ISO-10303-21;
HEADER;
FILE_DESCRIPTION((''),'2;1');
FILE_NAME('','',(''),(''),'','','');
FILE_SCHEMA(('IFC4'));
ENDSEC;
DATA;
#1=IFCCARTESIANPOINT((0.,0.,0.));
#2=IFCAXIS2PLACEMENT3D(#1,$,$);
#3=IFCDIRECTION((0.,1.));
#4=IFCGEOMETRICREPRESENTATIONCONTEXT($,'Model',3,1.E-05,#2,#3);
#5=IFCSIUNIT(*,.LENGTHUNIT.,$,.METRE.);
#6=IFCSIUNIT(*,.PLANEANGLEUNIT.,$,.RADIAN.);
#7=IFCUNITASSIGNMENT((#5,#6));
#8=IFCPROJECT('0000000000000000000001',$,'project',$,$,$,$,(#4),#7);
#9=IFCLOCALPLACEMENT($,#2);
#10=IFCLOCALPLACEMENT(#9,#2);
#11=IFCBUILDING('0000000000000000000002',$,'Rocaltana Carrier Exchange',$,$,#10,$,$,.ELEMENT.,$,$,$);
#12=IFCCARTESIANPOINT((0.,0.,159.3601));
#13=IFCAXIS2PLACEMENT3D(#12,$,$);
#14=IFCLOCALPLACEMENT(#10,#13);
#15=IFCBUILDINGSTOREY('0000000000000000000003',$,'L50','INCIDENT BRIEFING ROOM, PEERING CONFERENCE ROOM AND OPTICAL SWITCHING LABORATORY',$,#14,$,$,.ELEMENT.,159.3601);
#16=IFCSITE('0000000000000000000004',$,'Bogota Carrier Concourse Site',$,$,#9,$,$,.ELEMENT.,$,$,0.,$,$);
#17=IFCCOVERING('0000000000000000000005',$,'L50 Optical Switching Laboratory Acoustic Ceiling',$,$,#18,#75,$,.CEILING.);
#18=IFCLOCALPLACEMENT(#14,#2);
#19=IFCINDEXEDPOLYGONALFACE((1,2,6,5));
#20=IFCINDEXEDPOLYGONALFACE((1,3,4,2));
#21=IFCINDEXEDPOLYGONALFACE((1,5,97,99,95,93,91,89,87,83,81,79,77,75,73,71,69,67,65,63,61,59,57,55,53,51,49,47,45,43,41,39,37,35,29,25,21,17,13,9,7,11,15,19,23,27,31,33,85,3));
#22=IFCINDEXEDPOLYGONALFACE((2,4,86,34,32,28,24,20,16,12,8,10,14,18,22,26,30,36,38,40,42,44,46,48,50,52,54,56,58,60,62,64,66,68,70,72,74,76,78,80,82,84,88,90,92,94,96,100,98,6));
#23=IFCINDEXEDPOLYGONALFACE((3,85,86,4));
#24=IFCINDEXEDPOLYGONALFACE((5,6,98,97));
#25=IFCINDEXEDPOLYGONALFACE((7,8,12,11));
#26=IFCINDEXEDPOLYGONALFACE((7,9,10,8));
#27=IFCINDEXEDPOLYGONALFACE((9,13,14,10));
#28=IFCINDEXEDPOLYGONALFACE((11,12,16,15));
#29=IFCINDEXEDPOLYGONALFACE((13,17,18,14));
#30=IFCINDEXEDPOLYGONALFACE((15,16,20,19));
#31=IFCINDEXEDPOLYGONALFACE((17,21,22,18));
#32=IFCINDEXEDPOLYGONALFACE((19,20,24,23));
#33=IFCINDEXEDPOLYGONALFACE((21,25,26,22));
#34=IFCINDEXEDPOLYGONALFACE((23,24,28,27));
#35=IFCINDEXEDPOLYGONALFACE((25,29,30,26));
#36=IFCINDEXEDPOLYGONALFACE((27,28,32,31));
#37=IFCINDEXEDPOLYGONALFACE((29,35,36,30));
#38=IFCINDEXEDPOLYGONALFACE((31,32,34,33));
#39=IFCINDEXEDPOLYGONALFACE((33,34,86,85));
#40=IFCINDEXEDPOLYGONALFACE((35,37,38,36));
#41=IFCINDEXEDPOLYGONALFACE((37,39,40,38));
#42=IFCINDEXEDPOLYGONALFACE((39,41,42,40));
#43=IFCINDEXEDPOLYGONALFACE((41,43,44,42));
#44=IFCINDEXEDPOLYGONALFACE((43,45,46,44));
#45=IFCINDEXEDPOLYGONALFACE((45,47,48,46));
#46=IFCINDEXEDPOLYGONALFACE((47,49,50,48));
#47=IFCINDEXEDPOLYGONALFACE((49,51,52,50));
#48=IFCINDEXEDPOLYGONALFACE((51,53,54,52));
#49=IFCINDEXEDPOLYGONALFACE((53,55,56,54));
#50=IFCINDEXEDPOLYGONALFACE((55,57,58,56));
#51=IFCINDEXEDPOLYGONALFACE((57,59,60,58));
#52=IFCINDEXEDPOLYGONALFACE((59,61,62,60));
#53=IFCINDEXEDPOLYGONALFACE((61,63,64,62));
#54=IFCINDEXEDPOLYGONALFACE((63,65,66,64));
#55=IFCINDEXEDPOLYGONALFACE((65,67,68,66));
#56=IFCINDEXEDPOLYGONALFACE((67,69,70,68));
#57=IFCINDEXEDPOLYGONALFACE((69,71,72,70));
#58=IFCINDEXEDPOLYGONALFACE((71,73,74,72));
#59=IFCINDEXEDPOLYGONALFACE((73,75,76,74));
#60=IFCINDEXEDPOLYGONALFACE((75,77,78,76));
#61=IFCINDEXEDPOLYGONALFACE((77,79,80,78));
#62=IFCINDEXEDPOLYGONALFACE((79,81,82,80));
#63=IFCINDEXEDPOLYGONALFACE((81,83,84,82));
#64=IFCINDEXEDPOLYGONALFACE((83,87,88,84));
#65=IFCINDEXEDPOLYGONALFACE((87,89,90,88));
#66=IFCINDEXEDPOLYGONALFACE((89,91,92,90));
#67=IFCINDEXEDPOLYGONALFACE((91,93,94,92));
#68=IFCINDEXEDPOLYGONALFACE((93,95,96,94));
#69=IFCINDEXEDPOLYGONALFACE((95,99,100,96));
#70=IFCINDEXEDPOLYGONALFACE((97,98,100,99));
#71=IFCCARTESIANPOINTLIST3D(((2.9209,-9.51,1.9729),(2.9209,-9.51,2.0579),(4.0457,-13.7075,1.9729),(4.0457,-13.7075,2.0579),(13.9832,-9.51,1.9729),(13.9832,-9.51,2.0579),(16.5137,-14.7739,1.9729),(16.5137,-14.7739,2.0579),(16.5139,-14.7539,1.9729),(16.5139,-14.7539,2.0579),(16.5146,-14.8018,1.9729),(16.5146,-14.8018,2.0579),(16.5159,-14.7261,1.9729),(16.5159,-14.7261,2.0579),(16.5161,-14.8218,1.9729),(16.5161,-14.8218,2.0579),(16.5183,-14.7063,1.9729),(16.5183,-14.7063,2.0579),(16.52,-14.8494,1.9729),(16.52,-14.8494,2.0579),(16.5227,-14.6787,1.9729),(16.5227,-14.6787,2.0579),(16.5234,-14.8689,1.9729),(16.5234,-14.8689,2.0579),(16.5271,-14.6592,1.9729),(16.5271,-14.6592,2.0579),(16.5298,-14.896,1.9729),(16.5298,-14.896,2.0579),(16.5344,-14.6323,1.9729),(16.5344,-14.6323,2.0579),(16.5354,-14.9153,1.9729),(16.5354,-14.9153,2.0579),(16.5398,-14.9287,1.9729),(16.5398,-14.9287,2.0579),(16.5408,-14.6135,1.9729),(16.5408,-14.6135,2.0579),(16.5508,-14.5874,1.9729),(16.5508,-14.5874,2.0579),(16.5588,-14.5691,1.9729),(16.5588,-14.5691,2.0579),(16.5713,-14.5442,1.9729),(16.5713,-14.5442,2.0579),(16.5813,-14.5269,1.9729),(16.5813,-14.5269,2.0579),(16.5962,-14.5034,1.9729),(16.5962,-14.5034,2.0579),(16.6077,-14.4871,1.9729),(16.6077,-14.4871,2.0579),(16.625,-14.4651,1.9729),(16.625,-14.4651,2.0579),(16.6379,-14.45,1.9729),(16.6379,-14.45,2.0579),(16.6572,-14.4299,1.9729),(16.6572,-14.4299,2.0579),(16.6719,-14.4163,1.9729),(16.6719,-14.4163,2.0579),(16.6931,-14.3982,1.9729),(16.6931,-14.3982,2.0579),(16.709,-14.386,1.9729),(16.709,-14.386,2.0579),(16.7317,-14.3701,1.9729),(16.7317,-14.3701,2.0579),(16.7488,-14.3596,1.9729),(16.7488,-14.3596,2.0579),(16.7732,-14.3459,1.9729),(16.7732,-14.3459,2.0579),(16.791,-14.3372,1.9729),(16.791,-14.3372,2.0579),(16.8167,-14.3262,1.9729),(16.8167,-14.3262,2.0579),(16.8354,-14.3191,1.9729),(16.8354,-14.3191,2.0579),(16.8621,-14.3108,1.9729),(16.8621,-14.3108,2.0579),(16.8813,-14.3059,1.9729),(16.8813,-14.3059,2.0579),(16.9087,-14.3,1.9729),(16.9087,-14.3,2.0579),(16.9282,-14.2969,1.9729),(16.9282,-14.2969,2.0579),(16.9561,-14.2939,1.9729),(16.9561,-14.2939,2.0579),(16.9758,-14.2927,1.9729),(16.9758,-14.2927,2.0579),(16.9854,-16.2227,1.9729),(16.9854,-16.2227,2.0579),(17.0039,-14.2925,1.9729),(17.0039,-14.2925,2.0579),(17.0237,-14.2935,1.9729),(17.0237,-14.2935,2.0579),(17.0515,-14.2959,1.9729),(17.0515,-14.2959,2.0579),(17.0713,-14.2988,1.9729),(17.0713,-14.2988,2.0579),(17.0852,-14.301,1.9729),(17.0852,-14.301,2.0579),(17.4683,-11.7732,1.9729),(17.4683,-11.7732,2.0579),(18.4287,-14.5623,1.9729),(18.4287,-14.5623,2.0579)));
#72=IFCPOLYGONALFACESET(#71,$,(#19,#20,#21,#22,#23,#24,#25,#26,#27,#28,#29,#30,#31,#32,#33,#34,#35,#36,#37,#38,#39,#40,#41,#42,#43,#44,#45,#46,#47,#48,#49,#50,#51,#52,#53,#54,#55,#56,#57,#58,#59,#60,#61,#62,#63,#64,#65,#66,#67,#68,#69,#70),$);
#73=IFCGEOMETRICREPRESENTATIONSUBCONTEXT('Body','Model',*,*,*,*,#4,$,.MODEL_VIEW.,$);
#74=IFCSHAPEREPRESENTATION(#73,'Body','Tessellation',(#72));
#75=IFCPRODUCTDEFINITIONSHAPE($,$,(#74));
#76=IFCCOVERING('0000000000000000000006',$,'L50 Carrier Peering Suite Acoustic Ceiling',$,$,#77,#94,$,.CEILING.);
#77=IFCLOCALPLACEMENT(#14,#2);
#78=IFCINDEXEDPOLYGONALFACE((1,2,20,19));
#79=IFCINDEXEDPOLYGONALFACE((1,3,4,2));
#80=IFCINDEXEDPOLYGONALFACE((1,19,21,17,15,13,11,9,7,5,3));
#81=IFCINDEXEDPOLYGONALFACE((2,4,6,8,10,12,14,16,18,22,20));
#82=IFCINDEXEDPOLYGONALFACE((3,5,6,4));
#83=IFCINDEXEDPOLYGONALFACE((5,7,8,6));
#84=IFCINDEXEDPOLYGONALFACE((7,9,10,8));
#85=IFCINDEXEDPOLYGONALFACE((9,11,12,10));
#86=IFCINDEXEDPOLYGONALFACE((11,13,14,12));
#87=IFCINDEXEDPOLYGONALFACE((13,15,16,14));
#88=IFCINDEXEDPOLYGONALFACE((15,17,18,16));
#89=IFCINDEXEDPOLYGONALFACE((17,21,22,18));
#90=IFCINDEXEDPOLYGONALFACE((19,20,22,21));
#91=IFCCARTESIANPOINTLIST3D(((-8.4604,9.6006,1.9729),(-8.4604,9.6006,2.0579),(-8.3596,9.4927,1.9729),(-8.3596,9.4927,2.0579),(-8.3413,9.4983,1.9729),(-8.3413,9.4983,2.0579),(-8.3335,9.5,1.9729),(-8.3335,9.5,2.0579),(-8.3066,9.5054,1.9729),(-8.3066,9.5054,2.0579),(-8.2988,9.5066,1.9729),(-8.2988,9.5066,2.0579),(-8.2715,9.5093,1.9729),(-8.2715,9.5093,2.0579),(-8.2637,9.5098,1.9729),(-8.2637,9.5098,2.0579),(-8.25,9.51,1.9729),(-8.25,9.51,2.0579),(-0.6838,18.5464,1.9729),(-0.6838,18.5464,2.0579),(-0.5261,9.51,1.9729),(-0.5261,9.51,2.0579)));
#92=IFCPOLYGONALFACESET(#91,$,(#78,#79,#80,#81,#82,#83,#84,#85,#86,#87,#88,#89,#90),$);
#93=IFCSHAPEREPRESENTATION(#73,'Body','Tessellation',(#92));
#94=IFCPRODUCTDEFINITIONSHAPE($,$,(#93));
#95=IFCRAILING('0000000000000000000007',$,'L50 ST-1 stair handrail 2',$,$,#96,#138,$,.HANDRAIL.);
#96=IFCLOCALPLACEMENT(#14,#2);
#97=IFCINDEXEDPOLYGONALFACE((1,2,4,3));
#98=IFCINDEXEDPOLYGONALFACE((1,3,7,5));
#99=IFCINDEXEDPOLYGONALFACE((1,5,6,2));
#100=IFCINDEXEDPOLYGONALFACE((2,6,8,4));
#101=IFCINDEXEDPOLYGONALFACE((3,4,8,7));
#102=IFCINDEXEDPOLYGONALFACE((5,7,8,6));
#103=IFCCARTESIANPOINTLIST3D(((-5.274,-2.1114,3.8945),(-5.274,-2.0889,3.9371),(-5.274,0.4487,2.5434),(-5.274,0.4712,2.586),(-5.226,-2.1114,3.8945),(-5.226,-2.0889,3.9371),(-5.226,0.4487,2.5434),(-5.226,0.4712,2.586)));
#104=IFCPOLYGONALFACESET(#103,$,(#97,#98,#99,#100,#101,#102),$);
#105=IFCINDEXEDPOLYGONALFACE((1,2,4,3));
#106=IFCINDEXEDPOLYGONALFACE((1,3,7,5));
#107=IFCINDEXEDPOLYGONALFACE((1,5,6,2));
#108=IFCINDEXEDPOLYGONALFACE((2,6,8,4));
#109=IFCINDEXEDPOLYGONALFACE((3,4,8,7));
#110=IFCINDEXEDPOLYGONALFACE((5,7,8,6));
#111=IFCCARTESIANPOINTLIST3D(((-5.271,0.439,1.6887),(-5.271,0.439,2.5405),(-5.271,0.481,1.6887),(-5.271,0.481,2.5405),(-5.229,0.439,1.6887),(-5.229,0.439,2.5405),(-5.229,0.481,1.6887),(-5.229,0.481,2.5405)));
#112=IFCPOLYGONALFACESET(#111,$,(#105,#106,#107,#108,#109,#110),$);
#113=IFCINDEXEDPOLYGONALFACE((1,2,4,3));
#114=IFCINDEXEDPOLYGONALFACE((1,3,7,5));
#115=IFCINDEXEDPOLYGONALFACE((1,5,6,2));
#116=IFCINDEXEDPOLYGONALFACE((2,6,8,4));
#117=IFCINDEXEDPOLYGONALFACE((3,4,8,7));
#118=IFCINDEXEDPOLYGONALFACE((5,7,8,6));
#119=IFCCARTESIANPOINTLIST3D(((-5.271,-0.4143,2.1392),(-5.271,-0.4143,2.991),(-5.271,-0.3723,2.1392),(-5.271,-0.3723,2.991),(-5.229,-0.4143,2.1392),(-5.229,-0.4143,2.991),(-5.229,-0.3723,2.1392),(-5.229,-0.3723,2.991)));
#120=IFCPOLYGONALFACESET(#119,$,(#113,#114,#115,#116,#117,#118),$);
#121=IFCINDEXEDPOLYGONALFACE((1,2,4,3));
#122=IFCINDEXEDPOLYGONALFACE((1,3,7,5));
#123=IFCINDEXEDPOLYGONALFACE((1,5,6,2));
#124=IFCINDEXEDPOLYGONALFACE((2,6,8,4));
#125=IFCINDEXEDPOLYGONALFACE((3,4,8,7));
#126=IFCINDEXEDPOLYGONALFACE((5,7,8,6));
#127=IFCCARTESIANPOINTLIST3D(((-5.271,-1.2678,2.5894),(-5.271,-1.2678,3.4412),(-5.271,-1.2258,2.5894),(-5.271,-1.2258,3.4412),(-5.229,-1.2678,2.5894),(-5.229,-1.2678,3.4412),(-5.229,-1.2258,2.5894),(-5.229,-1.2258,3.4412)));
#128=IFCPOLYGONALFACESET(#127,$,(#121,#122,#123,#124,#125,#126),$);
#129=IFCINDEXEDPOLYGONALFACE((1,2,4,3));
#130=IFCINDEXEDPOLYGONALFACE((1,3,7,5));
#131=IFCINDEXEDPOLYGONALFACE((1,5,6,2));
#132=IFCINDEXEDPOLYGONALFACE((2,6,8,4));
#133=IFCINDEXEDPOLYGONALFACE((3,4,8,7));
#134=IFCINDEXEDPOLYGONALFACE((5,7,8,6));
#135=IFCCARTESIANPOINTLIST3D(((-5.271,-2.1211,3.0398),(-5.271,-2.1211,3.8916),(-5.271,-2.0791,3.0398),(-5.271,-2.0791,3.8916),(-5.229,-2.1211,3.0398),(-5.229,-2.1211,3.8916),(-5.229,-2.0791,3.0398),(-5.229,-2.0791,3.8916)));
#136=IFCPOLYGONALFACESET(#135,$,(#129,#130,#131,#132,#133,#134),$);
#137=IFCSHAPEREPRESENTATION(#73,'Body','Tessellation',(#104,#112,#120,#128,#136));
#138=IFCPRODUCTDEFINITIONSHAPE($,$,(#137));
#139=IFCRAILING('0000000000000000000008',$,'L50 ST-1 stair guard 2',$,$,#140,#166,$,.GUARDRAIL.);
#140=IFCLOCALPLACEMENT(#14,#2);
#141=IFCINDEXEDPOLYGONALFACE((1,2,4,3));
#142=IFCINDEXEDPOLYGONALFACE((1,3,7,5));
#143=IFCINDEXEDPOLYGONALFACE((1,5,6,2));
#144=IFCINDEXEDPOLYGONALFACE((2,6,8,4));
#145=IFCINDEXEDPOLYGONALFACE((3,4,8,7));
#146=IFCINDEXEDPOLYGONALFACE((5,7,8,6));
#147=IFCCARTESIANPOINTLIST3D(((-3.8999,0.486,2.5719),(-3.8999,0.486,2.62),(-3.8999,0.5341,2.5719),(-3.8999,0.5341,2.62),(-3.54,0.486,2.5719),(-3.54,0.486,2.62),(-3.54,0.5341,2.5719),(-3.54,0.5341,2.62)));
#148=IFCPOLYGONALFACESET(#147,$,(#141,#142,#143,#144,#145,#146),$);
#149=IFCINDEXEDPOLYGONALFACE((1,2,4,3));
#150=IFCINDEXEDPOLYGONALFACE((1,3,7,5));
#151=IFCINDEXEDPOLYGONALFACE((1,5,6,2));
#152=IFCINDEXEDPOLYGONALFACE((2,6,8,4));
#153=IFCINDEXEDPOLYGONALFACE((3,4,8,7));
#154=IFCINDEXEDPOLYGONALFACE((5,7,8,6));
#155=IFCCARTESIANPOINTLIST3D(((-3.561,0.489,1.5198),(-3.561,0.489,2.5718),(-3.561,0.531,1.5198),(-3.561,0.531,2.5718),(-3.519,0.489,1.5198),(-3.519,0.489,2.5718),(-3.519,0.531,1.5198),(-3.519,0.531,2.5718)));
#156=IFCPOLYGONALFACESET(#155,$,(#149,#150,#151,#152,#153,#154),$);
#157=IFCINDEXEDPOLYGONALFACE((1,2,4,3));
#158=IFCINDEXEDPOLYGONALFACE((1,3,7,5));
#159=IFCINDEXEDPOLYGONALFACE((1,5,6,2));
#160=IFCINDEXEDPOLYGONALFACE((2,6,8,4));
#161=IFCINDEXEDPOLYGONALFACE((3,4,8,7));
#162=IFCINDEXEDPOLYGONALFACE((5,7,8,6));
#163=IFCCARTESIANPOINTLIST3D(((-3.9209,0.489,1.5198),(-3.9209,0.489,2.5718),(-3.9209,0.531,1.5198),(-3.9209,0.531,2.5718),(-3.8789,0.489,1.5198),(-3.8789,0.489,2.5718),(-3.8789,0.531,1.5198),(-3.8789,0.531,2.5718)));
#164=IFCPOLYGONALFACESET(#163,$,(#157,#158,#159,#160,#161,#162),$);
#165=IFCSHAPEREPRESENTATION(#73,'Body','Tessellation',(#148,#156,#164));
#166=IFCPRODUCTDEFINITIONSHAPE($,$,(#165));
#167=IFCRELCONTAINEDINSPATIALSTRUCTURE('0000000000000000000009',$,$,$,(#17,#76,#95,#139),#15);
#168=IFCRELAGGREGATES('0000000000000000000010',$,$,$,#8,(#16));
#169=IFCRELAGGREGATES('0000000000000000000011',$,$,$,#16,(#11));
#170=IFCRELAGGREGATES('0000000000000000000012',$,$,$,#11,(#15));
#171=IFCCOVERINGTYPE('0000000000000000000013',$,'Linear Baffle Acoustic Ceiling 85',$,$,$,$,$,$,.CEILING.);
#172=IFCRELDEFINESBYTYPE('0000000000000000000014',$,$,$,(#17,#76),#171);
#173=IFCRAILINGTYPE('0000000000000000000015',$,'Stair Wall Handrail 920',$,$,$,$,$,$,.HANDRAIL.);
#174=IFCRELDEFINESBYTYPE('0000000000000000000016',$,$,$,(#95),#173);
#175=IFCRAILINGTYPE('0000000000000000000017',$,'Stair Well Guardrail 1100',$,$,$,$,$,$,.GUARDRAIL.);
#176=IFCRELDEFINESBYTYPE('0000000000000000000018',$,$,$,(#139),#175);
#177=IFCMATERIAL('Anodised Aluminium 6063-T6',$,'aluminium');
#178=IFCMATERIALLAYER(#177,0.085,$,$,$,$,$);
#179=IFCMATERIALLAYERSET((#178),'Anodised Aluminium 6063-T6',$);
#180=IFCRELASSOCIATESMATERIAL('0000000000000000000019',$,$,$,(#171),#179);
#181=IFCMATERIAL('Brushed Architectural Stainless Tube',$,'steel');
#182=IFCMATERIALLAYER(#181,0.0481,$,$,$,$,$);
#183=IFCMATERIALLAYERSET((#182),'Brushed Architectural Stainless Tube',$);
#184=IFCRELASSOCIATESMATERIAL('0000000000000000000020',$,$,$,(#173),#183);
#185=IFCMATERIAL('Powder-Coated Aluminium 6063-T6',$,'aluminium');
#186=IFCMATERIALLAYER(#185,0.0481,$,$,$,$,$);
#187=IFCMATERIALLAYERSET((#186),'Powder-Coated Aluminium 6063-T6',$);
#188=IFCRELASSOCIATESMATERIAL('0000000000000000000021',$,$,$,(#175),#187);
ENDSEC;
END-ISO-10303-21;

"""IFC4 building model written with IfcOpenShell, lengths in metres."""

from ifc_helpers import new_model, si_unit, direction, frame, origin, origin_2d, place, context, subcontext, project, spatial, polyline, rectangle, outline, extrude, material, layer, layer_set, type_object, element, save


model = new_model("IFC4")

# Units and contexts
model_context = context("Model", 3, precision=1e-05, world=origin(), true_north=direction((0.0, 1.0)))
body_context = subcontext(model_context, "Body", "Model", "MODEL_VIEW")
ifc_project = project(units=[si_unit("LENGTHUNIT", "METRE"), si_unit("PLANEANGLEUNIT", "RADIAN")], contexts=[model_context])

# Site, building, storey
site_placement = place(None, origin())
site = spatial("IfcSite", under=ifc_project, at=site_placement, Name="Bogota Carrier Concourse Site", CompositionType="ELEMENT", RefElevation=0.0)
building_placement = place(site_placement, origin())
building = spatial("IfcBuilding", under=site, at=building_placement, Name="Rocaltana Carrier Exchange", CompositionType="ELEMENT")
storey_placement = place(building_placement, frame((0.0, 0.0, 159.3601)))
storey = spatial("IfcBuildingStorey", under=building, at=storey_placement, Name="L50", Description="INCIDENT BRIEFING ROOM, PEERING CONFERENCE ROOM AND OPTICAL SWITCHING LABORATORY", CompositionType="ELEMENT", Elevation=159.3601)

# Coverings
ifc_material_1 = material(Name="Anodised Aluminium 6063-T6", Category="aluminium")
ifc_layer_1 = layer(ifc_material_1, 0.085)
ifc_layer_set_1 = layer_set([ifc_layer_1], Name="Anodised Aluminium 6063-T6")
covering_type_1 = type_object("IfcCoveringType", Name="Linear Baffle Acoustic Ceiling 85", PredefinedType="CEILING", material=ifc_layer_set_1)
covering_1_placement = place(storey_placement, frame((0.0, 0.0, 1.9729)))
element("IfcCovering", 1, at=covering_1_placement, inside=storey, type_object=covering_type_1, Name="L50 Optical Switching Laboratory Acoustic Ceiling", PredefinedType="CEILING", context=body_context, shape_type="SweptSolid", body=[
    extrude(outline(polyline([(18.4287, -14.5623), (17.0852, -14.301), (17.0713, -14.2988), (17.0515, -14.2959), (17.0237, -14.2935), (17.0039, -14.2925), (16.9758, -14.2927), (16.9561, -14.2939), (16.9282, -14.2969), (16.9087, -14.3), (16.8813, -14.3059), (16.8621, -14.3108), (16.8354, -14.3191), (16.8167, -14.3262), (16.791, -14.3372), (16.7732, -14.3459), (16.7488, -14.3596), (16.7317, -14.3701), (16.709, -14.386), (16.6931, -14.3982), (16.6719, -14.4163), (16.6572, -14.4299), (16.6379, -14.45), (16.625, -14.4651), (16.6077, -14.4871), (16.5962, -14.5034), (16.5813, -14.5269), (16.5713, -14.5442), (16.5588, -14.5691), (16.5508, -14.5874), (16.5408, -14.6135), (16.5344, -14.6323), (16.5271, -14.6592), (16.5227, -14.6787), (16.5183, -14.7063), (16.5159, -14.7261), (16.5139, -14.7539), (16.5137, -14.7739), (16.5146, -14.8018), (16.5161, -14.8218), (16.52, -14.8494), (16.5234, -14.8689), (16.5298, -14.896), (16.5354, -14.9153), (16.5398, -14.9287), (16.9854, -16.2227), (4.0457, -13.7075), (2.9209, -9.51), (13.9832, -9.51), (17.4683, -11.7732), (18.4287, -14.5623)])), origin(), (0.0, 0.0, 1.0), 0.085),
])
covering_2_placement = place(storey_placement, frame((0.0, 0.0, 1.9729)))
element("IfcCovering", 2, at=covering_2_placement, inside=storey, type_object=covering_type_1, Name="L50 Carrier Peering Suite Acoustic Ceiling", PredefinedType="CEILING", context=body_context, shape_type="SweptSolid", body=[
    extrude(outline(polyline([(-8.3596, 9.4927), (-8.4604, 9.6006), (-0.6838, 18.5464), (-0.5261, 9.51), (-8.25, 9.51), (-8.2637, 9.5098), (-8.2715, 9.5093), (-8.2988, 9.5066), (-8.3066, 9.5054), (-8.3335, 9.5), (-8.3413, 9.4983), (-8.3596, 9.4927)])), origin(), (0.0, 0.0, 1.0), 0.085),
])

# Railings
ifc_material_2 = material(Name="Brushed Architectural Stainless Tube", Category="steel")
ifc_layer_2 = layer(ifc_material_2, 0.0481)
ifc_layer_set_2 = layer_set([ifc_layer_2], Name="Brushed Architectural Stainless Tube")
railing_type_1 = type_object("IfcRailingType", Name="Stair Wall Handrail 920", PredefinedType="HANDRAIL", material=ifc_layer_set_2)
railing_1_placement = place(storey_placement, frame((-5.25, 0.46, 1.6887)))
element("IfcRailing", 3, at=railing_1_placement, inside=storey, type_object=railing_type_1, Name="L50 ST-1 stair handrail 2", PredefinedType="HANDRAIL", context=body_context, shape_type="SweptSolid", body=[
    extrude(rectangle(XDim=0.0481, YDim=0.0481, at=origin_2d()), frame((0.0, 0.0, 0.876), z_axis=(0.0, -0.884394, 0.46674), x_axis=(1.0, 0.0, 0.0)), (0.0, 0.0, 1.0), 2.8948),
    extrude(rectangle(XDim=0.042, YDim=0.042, at=origin_2d()), origin(), (0.0, 0.0, 1.0), 0.8518),
    extrude(rectangle(XDim=0.042, YDim=0.042, at=origin_2d()), frame((0.0, -0.8533, 0.4504)), (0.0, 0.0, 1.0), 0.8518),
    extrude(rectangle(XDim=0.042, YDim=0.042, at=origin_2d()), frame((0.0, -1.7068, 0.9006)), (0.0, 0.0, 1.0), 0.8518),
    extrude(rectangle(XDim=0.042, YDim=0.042, at=origin_2d()), frame((0.0, -2.5601, 1.3511)), (0.0, 0.0, 1.0), 0.8518),
])
ifc_material_3 = material(Name="Powder-Coated Aluminium 6063-T6", Category="aluminium")
ifc_layer_3 = layer(ifc_material_3, 0.0481)
ifc_layer_set_3 = layer_set([ifc_layer_3], Name="Powder-Coated Aluminium 6063-T6")
railing_type_2 = type_object("IfcRailingType", Name="Stair Well Guardrail 1100", PredefinedType="GUARDRAIL", material=ifc_layer_set_3)
railing_2_placement = place(storey_placement, frame((-3.54, 0.51, 1.5198)))
element("IfcRailing", 4, at=railing_2_placement, inside=storey, type_object=railing_type_2, Name="L50 ST-1 stair guard 2", PredefinedType="GUARDRAIL", context=body_context, shape_type="SweptSolid", body=[
    extrude(rectangle(XDim=0.0481, YDim=0.0481, at=origin_2d()), frame((0.0, 0.0, 1.0762), z_axis=(-1.0, 0.0, 0.0), x_axis=(0.0, -1.0, 0.0)), (0.0, 0.0, 1.0), 0.3599),
    extrude(rectangle(XDim=0.042, YDim=0.042, at=origin_2d()), origin(), (0.0, 0.0, 1.0), 1.052),
    extrude(rectangle(XDim=0.042, YDim=0.042, at=origin_2d()), frame((-0.3599, 0.0, 0.0)), (0.0, 0.0, 1.0), 1.052),
])

save(model, "model.ifc")
